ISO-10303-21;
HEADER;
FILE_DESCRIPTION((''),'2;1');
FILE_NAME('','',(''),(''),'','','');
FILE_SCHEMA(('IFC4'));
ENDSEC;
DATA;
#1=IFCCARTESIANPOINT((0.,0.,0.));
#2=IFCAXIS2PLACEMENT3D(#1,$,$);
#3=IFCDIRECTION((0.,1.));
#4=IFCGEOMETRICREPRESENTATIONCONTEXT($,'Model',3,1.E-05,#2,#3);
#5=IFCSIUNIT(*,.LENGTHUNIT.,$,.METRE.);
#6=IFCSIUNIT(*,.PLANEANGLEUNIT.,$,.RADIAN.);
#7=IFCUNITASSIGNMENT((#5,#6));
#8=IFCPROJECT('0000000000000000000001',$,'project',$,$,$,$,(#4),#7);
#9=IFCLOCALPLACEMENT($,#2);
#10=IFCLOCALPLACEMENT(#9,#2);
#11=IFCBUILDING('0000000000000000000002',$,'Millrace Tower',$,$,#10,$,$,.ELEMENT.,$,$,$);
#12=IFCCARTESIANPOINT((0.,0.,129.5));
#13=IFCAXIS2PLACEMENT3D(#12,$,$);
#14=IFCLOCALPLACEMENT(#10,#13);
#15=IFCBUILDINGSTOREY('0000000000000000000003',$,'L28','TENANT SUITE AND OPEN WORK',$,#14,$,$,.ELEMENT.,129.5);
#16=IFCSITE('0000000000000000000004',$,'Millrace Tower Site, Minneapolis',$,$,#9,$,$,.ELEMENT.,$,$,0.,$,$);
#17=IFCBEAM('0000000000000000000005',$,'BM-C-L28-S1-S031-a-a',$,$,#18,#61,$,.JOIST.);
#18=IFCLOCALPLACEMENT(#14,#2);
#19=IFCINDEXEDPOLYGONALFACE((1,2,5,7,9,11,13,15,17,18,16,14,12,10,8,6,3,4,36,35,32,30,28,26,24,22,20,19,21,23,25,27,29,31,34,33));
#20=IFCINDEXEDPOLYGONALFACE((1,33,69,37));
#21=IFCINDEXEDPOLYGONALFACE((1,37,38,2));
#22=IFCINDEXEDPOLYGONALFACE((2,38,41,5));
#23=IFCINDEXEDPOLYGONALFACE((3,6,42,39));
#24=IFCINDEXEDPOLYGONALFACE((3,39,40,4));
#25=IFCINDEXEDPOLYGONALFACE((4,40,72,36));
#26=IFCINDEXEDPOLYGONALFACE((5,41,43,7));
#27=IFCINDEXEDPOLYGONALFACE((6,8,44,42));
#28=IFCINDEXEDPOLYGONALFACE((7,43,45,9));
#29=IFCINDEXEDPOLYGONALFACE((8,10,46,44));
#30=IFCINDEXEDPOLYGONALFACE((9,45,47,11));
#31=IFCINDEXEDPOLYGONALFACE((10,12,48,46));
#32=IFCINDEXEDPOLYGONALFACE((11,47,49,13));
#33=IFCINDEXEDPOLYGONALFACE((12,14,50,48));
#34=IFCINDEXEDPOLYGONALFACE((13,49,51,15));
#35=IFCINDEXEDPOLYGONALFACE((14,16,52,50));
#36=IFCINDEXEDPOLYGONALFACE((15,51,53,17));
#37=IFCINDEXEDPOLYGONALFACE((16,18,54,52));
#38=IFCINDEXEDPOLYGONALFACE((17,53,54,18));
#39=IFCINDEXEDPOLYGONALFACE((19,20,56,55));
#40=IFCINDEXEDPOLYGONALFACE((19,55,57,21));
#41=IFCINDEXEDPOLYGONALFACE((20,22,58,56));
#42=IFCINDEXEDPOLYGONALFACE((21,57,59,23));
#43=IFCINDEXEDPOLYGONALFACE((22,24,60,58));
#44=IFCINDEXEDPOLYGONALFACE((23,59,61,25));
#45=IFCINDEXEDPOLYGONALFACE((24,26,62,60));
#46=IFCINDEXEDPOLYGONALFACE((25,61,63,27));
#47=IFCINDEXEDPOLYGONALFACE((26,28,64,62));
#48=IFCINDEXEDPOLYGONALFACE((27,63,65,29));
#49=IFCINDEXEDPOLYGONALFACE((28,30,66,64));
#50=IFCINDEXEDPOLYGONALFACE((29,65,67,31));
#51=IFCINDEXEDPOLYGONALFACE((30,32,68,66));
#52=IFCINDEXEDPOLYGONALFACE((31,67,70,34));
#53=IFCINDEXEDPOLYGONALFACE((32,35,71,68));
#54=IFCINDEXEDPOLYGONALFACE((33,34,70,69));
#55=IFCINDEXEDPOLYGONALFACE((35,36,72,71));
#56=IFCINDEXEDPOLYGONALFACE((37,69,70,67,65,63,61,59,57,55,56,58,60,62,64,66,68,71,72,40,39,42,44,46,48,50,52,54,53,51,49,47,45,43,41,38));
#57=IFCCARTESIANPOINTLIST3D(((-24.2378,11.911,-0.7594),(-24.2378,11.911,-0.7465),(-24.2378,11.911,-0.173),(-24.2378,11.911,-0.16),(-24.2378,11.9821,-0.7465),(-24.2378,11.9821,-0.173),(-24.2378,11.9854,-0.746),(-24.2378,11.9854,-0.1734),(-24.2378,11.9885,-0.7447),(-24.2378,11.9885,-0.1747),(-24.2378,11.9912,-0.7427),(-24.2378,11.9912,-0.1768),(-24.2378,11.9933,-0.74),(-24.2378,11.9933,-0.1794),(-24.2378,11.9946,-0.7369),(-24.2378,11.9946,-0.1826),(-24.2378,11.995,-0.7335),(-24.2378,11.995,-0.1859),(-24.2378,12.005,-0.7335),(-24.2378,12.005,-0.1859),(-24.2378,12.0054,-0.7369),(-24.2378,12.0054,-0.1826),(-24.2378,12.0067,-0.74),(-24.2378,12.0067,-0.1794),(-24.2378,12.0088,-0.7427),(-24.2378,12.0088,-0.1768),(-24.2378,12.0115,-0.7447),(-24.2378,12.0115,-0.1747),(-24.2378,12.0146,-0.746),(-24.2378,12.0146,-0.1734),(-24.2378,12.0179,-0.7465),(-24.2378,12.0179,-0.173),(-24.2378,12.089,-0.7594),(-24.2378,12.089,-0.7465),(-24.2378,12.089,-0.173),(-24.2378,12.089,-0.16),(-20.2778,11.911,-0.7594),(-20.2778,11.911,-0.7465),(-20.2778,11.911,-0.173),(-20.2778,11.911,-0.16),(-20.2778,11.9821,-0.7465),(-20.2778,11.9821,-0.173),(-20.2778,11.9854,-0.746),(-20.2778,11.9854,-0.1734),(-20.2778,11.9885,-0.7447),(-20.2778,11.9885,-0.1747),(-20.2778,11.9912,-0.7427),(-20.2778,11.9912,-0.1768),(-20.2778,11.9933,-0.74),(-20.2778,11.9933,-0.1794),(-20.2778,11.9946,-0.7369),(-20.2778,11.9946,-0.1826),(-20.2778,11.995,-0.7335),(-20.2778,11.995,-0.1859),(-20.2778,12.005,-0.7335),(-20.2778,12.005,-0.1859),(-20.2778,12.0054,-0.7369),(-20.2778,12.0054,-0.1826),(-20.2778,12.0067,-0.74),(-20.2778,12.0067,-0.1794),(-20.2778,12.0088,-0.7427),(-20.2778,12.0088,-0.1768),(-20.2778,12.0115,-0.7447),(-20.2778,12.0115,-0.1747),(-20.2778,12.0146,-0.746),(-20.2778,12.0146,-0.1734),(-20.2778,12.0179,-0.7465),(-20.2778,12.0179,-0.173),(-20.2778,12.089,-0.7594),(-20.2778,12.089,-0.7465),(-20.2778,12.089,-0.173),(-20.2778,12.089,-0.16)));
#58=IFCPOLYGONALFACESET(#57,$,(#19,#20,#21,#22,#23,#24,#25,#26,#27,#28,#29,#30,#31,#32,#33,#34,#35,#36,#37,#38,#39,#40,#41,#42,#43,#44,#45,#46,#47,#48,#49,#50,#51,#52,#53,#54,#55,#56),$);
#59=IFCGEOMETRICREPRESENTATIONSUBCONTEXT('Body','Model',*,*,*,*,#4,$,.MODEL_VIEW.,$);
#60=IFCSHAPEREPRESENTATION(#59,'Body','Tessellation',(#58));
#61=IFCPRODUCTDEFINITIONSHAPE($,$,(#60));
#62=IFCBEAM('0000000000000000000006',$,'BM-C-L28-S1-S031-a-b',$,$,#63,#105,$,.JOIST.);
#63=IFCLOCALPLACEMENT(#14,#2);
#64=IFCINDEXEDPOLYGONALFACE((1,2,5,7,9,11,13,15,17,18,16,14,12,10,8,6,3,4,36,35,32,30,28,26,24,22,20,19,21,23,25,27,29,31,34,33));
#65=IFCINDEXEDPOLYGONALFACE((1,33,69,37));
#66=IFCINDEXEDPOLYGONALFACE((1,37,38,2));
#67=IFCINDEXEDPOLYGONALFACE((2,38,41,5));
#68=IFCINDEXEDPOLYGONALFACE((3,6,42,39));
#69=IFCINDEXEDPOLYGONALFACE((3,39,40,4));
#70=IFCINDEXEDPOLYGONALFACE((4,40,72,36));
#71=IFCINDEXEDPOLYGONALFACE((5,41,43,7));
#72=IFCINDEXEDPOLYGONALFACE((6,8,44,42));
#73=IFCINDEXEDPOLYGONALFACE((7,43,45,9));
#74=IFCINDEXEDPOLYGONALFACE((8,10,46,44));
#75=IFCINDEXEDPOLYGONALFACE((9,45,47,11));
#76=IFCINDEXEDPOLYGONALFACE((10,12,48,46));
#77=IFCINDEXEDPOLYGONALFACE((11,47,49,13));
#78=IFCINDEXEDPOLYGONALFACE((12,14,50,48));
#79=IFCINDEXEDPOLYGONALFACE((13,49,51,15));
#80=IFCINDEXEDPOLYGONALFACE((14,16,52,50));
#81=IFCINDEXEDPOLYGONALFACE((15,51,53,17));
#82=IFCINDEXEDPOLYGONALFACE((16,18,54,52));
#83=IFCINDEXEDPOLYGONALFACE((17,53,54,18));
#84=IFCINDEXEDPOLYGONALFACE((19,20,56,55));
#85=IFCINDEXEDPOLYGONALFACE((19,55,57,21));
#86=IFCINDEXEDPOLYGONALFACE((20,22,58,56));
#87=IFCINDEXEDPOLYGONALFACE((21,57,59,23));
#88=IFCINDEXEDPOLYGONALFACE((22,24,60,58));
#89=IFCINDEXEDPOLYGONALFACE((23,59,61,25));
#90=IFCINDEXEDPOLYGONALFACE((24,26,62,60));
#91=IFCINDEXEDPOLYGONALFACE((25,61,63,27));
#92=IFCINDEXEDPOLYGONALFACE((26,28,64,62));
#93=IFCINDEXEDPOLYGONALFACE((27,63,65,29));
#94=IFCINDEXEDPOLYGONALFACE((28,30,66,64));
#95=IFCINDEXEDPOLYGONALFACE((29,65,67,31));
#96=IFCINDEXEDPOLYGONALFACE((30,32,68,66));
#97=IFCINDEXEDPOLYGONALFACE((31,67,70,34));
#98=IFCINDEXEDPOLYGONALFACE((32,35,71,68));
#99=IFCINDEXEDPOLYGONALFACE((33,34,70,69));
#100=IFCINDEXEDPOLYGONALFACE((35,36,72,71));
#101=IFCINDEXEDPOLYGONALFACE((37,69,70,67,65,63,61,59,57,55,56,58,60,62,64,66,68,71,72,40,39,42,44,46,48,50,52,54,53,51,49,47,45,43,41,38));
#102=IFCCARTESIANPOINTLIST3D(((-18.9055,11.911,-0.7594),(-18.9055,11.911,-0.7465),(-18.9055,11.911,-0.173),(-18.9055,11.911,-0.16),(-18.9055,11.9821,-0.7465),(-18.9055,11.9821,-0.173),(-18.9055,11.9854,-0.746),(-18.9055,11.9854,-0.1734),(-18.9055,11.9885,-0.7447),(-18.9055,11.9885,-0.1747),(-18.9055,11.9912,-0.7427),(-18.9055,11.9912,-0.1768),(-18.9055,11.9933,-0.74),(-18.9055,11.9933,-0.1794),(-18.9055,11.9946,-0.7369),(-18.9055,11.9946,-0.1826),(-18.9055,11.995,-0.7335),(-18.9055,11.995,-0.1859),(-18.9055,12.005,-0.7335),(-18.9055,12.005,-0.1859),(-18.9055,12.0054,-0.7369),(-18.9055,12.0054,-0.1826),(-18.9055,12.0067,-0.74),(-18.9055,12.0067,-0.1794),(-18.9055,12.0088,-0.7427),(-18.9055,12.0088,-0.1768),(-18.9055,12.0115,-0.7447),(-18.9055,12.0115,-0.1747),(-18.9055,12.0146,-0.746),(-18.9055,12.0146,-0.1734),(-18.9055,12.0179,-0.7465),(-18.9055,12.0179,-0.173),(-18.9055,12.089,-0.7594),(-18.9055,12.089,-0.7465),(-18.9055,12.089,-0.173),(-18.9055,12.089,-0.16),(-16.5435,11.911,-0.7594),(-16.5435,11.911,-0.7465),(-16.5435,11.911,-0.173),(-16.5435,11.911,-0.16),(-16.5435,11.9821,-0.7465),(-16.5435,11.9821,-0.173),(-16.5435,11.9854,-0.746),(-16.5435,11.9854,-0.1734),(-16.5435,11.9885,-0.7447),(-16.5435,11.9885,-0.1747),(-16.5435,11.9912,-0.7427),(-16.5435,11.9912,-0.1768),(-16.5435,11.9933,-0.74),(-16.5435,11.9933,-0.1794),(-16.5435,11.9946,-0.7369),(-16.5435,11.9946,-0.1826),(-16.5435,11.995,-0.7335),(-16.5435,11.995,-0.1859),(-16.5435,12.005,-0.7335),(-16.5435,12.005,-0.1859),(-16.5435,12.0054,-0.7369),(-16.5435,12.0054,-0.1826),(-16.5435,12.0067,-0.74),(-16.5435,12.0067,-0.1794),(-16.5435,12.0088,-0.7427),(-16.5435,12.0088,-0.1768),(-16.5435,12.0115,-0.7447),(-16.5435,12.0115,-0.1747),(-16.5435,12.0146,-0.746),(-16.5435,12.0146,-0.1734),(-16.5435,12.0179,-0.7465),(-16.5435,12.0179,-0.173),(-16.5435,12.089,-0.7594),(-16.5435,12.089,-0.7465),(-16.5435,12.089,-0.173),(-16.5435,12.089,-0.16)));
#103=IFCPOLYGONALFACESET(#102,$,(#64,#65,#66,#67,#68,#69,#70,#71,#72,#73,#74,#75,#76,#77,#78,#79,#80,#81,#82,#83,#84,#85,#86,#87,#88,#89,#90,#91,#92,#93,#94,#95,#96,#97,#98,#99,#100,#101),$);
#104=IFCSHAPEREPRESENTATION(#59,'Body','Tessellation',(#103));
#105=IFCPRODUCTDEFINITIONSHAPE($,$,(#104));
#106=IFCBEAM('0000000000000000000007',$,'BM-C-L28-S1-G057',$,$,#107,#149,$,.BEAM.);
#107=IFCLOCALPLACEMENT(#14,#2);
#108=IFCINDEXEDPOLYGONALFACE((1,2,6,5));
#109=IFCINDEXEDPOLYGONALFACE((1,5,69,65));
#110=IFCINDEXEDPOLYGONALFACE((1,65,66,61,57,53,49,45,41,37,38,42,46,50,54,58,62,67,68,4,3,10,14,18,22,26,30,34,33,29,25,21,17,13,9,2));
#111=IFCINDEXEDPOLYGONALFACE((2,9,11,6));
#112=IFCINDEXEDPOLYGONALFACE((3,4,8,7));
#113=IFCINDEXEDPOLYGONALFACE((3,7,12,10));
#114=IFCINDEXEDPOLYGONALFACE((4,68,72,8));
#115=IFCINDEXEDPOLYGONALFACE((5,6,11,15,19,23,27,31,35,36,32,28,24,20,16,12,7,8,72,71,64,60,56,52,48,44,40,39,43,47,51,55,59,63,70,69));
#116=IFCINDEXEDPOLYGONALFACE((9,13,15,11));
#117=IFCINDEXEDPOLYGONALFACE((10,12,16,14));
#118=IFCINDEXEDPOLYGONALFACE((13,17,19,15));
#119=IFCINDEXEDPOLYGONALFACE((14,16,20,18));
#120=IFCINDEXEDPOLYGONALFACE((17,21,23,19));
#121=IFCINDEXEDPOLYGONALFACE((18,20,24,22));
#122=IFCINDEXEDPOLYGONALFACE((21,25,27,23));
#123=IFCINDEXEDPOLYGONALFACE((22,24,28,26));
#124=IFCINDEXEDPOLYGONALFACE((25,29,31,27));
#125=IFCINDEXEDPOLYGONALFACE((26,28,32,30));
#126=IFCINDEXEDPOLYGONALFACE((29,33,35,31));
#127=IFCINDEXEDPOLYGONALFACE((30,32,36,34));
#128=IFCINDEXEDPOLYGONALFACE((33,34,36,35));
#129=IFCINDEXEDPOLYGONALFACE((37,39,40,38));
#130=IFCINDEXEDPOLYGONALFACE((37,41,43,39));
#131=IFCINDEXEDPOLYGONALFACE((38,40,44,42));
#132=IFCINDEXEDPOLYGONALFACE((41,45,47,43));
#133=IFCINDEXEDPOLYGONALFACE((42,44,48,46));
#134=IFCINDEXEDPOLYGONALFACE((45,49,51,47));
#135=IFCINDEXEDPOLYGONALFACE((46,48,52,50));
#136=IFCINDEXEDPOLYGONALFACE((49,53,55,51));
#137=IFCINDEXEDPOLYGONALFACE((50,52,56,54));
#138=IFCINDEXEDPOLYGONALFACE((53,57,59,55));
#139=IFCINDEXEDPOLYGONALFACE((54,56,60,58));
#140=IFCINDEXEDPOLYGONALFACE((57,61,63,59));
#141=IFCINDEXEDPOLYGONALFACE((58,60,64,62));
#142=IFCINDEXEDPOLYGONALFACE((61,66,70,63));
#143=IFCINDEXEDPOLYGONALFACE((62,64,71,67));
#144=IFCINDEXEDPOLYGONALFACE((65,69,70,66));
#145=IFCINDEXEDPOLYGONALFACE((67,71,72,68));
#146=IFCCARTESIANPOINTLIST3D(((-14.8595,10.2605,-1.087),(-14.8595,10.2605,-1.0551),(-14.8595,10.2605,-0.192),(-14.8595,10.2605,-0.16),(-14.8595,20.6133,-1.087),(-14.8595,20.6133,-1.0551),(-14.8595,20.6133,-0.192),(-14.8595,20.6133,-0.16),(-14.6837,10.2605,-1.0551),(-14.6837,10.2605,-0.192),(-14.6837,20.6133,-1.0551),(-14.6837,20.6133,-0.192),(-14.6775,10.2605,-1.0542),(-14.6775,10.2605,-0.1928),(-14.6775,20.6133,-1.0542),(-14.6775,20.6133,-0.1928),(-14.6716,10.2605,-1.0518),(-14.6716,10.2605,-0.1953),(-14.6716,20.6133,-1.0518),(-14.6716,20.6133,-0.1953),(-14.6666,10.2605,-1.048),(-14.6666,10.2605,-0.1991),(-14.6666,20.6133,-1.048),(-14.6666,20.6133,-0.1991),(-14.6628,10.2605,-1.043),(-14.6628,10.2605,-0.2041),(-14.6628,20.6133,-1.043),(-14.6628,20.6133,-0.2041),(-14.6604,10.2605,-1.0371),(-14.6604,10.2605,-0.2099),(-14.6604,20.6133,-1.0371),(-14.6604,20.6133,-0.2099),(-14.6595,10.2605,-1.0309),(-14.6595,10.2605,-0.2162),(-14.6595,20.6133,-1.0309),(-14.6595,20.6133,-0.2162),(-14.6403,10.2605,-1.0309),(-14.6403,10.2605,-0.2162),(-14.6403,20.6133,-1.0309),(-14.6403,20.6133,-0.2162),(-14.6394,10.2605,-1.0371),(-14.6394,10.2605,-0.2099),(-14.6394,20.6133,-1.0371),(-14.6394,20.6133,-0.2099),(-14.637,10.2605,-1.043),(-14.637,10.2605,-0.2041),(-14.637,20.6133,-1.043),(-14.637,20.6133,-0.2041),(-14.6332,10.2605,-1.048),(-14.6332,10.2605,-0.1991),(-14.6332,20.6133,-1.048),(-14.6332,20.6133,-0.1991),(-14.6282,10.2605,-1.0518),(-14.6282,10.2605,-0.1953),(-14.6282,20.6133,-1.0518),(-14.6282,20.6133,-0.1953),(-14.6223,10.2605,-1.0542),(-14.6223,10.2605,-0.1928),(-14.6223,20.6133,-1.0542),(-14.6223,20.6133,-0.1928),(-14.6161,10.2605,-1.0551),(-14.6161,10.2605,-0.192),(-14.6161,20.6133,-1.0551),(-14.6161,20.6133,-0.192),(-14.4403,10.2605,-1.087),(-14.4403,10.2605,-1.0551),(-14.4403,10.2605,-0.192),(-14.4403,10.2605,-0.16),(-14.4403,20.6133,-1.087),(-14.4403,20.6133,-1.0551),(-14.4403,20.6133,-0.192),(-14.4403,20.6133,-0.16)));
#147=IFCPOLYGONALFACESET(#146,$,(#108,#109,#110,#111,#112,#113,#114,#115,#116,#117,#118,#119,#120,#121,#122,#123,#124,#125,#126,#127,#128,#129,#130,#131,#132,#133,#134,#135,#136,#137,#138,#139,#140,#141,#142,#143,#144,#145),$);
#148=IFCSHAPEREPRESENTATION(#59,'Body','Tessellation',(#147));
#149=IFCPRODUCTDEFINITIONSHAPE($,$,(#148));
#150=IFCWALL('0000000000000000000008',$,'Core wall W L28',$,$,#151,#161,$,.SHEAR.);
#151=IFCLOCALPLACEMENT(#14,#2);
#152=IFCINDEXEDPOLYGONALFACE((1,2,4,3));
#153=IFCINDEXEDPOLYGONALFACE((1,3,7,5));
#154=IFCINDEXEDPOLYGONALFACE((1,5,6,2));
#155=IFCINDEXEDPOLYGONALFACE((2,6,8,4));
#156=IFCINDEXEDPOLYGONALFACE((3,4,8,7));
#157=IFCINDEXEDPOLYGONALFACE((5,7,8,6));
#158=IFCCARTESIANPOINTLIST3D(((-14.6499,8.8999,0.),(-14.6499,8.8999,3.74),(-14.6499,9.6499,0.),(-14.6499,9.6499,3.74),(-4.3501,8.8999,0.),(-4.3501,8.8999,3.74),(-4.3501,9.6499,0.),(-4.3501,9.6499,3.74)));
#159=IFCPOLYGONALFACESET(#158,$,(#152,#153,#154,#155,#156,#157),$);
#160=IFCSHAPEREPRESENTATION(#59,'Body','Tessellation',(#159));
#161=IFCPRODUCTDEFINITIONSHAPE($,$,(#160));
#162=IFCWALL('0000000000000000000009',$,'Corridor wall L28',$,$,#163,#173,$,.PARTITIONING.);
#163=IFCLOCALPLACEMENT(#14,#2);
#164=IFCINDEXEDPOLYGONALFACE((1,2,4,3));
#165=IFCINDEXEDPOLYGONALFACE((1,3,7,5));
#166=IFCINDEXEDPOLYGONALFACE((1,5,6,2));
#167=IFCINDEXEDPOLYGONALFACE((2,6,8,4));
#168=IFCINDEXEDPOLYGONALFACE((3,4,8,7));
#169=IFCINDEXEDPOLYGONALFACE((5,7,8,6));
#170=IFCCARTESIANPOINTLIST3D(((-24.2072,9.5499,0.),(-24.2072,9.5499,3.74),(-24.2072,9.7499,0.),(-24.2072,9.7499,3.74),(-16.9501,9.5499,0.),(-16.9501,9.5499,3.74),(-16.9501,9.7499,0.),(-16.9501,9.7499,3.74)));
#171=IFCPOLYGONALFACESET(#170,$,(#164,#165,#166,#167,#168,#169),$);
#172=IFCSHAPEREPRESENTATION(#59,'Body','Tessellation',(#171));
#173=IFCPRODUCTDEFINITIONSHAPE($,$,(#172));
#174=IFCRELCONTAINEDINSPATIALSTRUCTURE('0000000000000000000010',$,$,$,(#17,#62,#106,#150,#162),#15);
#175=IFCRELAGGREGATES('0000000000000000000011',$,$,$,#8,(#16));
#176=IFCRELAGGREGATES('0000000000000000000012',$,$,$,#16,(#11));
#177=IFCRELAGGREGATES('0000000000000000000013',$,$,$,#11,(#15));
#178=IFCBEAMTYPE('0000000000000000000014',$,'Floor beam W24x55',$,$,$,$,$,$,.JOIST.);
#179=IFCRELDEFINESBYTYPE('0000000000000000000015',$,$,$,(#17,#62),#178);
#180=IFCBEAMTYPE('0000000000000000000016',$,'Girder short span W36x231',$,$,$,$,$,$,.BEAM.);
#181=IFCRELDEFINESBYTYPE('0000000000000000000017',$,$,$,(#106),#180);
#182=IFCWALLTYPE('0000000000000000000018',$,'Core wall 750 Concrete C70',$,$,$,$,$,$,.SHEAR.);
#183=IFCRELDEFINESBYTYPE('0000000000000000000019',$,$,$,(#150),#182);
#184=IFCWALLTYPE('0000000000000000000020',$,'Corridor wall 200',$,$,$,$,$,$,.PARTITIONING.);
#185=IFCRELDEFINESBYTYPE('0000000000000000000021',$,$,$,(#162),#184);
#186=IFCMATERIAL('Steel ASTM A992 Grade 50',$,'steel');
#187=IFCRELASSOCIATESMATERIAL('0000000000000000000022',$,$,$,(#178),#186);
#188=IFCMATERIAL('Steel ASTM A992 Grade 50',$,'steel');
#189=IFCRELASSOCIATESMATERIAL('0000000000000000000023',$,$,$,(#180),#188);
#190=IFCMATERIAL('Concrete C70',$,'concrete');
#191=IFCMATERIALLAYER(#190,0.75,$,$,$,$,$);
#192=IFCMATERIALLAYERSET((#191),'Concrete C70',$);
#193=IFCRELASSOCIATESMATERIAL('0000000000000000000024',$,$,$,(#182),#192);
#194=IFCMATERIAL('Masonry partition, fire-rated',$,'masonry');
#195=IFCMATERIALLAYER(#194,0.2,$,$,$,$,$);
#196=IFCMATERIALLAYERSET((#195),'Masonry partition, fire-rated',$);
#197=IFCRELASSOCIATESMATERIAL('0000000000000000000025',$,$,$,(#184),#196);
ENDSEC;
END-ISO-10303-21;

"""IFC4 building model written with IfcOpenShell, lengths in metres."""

from ifc_helpers import new_model, si_unit, direction, frame, frame_2d, origin, origin_2d, place, context, subcontext, project, spatial, rectangle, i_section, extrude, material, layer, layer_set, material_profile, profile_set, type_object, element, save


model = new_model("IFC4")

# Units and contexts
model_context = context("Model", 3, precision=1e-05, world=origin(), true_north=direction((0.0, 1.0)))
body_context = subcontext(model_context, "Body", "Model", "MODEL_VIEW")
ifc_project = project(units=[si_unit("LENGTHUNIT", "METRE"), si_unit("PLANEANGLEUNIT", "RADIAN")], contexts=[model_context])

# Site, building, storey
site_placement = place(None, origin())
site = spatial("IfcSite", under=ifc_project, at=site_placement, Name="Millrace Tower Site, Minneapolis", CompositionType="ELEMENT", RefElevation=0.0)
building_placement = place(site_placement, origin())
building = spatial("IfcBuilding", under=site, at=building_placement, Name="Millrace Tower", CompositionType="ELEMENT")
storey_placement = place(building_placement, frame((0.0, 0.0, 129.5)))
storey = spatial("IfcBuildingStorey", under=building, at=storey_placement, Name="L28", Description="TENANT SUITE AND OPEN WORK", CompositionType="ELEMENT", Elevation=129.5)

# Beams
ifc_material_1 = material(Name="Steel ASTM A992 Grade 50", Category="steel")
ifc_material_profile_1 = material_profile(ifc_material_1, i_section(OverallWidth=0.178, OverallDepth=0.5994, WebThickness=0.01, FlangeThickness=0.0129, FilletRadius=0.0129, at=origin_2d()))
ifc_profile_set_1 = profile_set([ifc_material_profile_1], Name="Steel ASTM A992 Grade 50")
beam_type_1 = type_object("IfcBeamType", Name="Floor beam W24x55", PredefinedType="JOIST", material=ifc_profile_set_1)
beam_1_placement = place(storey_placement, frame((-24.2378, 12.0, -0.4597), z_axis=(1.0, 0.0, 0.0), x_axis=(0.0, 1.0, 0.0)))
element("IfcBeam", 1, at=beam_1_placement, inside=storey, type_object=beam_type_1, Name="BM-C-L28-S1-S031-a-a", PredefinedType="JOIST", context=body_context, shape_type="SweptSolid", body=[
    extrude(i_section(OverallWidth=0.178, OverallDepth=0.5994, WebThickness=0.01, FlangeThickness=0.0129, FilletRadius=0.0129, at=origin_2d()), origin(), (0.0, 0.0, 1.0), 3.96),
])
beam_2_placement = place(storey_placement, frame((-18.9055, 12.0, -0.4597), z_axis=(1.0, 0.0, 0.0), x_axis=(0.0, 1.0, 0.0)))
element("IfcBeam", 2, at=beam_2_placement, inside=storey, type_object=beam_type_1, Name="BM-C-L28-S1-S031-a-b", PredefinedType="JOIST", context=body_context, shape_type="SweptSolid", body=[
    extrude(i_section(OverallWidth=0.178, OverallDepth=0.5994, WebThickness=0.01, FlangeThickness=0.0129, FilletRadius=0.0129, at=origin_2d()), origin(), (0.0, 0.0, 1.0), 2.3621),
])
ifc_material_2 = material(Name="Steel ASTM A992 Grade 50", Category="steel")
ifc_material_profile_2 = material_profile(ifc_material_2, i_section(OverallWidth=0.4192, OverallDepth=0.927, WebThickness=0.0193, FlangeThickness=0.032, FilletRadius=0.0242, at=origin_2d()))
ifc_profile_set_2 = profile_set([ifc_material_profile_2], Name="Steel ASTM A992 Grade 50")
beam_type_2 = type_object("IfcBeamType", Name="Girder short span W36x231", PredefinedType="BEAM", material=ifc_profile_set_2)
beam_3_placement = place(storey_placement, frame((-14.6499, 10.2605, -0.6235), z_axis=(0.0, 1.0, 0.0), x_axis=(-1.0, 0.0, 0.0)))
element("IfcBeam", 3, at=beam_3_placement, inside=storey, type_object=beam_type_2, Name="BM-C-L28-S1-G057", PredefinedType="BEAM", context=body_context, shape_type="SweptSolid", body=[
    extrude(i_section(OverallWidth=0.4192, OverallDepth=0.927, WebThickness=0.0193, FlangeThickness=0.032, FilletRadius=0.0242, at=origin_2d()), origin(), (0.0, 0.0, 1.0), 10.3528),
])

# Walls
ifc_material_3 = material(Name="Concrete C70", Category="concrete")
ifc_layer_1 = layer(ifc_material_3, 0.75)
ifc_layer_set_1 = layer_set([ifc_layer_1], Name="Concrete C70")
wall_type_1 = type_object("IfcWallType", Name="Core wall 750 Concrete C70", PredefinedType="SHEAR", material=ifc_layer_set_1)
wall_1_placement = place(storey_placement, frame((-14.6499, 9.2749, 0.0), z_axis=(0.0, 0.0, 1.0), x_axis=(1.0, 0.0, 0.0)))
element("IfcWall", 4, at=wall_1_placement, inside=storey, type_object=wall_type_1, Name="Core wall W L28", PredefinedType="SHEAR", context=body_context, shape_type="SweptSolid", body=[
    extrude(rectangle(XDim=10.2998, YDim=0.75, at=frame_2d((5.1499, 0.0))), origin(), (0.0, 0.0, 1.0), 3.74),
])
ifc_material_4 = material(Name="Masonry partition, fire-rated", Category="masonry")
ifc_layer_2 = layer(ifc_material_4, 0.2)
ifc_layer_set_2 = layer_set([ifc_layer_2], Name="Masonry partition, fire-rated")
wall_type_2 = type_object("IfcWallType", Name="Corridor wall 200", PredefinedType="PARTITIONING", material=ifc_layer_set_2)
wall_2_placement = place(storey_placement, frame((-24.207, 9.6499, 0.0), z_axis=(0.0, 0.0, 1.0), x_axis=(1.0, 0.0, 0.0)))
element("IfcWall", 5, at=wall_2_placement, inside=storey, type_object=wall_type_2, Name="Corridor wall L28", PredefinedType="PARTITIONING", context=body_context, shape_type="SweptSolid", body=[
    extrude(rectangle(XDim=7.2571, YDim=0.2, at=frame_2d((3.6284, 0.0))), origin(), (0.0, 0.0, 1.0), 3.74),
])

save(model, "model.ifc")
